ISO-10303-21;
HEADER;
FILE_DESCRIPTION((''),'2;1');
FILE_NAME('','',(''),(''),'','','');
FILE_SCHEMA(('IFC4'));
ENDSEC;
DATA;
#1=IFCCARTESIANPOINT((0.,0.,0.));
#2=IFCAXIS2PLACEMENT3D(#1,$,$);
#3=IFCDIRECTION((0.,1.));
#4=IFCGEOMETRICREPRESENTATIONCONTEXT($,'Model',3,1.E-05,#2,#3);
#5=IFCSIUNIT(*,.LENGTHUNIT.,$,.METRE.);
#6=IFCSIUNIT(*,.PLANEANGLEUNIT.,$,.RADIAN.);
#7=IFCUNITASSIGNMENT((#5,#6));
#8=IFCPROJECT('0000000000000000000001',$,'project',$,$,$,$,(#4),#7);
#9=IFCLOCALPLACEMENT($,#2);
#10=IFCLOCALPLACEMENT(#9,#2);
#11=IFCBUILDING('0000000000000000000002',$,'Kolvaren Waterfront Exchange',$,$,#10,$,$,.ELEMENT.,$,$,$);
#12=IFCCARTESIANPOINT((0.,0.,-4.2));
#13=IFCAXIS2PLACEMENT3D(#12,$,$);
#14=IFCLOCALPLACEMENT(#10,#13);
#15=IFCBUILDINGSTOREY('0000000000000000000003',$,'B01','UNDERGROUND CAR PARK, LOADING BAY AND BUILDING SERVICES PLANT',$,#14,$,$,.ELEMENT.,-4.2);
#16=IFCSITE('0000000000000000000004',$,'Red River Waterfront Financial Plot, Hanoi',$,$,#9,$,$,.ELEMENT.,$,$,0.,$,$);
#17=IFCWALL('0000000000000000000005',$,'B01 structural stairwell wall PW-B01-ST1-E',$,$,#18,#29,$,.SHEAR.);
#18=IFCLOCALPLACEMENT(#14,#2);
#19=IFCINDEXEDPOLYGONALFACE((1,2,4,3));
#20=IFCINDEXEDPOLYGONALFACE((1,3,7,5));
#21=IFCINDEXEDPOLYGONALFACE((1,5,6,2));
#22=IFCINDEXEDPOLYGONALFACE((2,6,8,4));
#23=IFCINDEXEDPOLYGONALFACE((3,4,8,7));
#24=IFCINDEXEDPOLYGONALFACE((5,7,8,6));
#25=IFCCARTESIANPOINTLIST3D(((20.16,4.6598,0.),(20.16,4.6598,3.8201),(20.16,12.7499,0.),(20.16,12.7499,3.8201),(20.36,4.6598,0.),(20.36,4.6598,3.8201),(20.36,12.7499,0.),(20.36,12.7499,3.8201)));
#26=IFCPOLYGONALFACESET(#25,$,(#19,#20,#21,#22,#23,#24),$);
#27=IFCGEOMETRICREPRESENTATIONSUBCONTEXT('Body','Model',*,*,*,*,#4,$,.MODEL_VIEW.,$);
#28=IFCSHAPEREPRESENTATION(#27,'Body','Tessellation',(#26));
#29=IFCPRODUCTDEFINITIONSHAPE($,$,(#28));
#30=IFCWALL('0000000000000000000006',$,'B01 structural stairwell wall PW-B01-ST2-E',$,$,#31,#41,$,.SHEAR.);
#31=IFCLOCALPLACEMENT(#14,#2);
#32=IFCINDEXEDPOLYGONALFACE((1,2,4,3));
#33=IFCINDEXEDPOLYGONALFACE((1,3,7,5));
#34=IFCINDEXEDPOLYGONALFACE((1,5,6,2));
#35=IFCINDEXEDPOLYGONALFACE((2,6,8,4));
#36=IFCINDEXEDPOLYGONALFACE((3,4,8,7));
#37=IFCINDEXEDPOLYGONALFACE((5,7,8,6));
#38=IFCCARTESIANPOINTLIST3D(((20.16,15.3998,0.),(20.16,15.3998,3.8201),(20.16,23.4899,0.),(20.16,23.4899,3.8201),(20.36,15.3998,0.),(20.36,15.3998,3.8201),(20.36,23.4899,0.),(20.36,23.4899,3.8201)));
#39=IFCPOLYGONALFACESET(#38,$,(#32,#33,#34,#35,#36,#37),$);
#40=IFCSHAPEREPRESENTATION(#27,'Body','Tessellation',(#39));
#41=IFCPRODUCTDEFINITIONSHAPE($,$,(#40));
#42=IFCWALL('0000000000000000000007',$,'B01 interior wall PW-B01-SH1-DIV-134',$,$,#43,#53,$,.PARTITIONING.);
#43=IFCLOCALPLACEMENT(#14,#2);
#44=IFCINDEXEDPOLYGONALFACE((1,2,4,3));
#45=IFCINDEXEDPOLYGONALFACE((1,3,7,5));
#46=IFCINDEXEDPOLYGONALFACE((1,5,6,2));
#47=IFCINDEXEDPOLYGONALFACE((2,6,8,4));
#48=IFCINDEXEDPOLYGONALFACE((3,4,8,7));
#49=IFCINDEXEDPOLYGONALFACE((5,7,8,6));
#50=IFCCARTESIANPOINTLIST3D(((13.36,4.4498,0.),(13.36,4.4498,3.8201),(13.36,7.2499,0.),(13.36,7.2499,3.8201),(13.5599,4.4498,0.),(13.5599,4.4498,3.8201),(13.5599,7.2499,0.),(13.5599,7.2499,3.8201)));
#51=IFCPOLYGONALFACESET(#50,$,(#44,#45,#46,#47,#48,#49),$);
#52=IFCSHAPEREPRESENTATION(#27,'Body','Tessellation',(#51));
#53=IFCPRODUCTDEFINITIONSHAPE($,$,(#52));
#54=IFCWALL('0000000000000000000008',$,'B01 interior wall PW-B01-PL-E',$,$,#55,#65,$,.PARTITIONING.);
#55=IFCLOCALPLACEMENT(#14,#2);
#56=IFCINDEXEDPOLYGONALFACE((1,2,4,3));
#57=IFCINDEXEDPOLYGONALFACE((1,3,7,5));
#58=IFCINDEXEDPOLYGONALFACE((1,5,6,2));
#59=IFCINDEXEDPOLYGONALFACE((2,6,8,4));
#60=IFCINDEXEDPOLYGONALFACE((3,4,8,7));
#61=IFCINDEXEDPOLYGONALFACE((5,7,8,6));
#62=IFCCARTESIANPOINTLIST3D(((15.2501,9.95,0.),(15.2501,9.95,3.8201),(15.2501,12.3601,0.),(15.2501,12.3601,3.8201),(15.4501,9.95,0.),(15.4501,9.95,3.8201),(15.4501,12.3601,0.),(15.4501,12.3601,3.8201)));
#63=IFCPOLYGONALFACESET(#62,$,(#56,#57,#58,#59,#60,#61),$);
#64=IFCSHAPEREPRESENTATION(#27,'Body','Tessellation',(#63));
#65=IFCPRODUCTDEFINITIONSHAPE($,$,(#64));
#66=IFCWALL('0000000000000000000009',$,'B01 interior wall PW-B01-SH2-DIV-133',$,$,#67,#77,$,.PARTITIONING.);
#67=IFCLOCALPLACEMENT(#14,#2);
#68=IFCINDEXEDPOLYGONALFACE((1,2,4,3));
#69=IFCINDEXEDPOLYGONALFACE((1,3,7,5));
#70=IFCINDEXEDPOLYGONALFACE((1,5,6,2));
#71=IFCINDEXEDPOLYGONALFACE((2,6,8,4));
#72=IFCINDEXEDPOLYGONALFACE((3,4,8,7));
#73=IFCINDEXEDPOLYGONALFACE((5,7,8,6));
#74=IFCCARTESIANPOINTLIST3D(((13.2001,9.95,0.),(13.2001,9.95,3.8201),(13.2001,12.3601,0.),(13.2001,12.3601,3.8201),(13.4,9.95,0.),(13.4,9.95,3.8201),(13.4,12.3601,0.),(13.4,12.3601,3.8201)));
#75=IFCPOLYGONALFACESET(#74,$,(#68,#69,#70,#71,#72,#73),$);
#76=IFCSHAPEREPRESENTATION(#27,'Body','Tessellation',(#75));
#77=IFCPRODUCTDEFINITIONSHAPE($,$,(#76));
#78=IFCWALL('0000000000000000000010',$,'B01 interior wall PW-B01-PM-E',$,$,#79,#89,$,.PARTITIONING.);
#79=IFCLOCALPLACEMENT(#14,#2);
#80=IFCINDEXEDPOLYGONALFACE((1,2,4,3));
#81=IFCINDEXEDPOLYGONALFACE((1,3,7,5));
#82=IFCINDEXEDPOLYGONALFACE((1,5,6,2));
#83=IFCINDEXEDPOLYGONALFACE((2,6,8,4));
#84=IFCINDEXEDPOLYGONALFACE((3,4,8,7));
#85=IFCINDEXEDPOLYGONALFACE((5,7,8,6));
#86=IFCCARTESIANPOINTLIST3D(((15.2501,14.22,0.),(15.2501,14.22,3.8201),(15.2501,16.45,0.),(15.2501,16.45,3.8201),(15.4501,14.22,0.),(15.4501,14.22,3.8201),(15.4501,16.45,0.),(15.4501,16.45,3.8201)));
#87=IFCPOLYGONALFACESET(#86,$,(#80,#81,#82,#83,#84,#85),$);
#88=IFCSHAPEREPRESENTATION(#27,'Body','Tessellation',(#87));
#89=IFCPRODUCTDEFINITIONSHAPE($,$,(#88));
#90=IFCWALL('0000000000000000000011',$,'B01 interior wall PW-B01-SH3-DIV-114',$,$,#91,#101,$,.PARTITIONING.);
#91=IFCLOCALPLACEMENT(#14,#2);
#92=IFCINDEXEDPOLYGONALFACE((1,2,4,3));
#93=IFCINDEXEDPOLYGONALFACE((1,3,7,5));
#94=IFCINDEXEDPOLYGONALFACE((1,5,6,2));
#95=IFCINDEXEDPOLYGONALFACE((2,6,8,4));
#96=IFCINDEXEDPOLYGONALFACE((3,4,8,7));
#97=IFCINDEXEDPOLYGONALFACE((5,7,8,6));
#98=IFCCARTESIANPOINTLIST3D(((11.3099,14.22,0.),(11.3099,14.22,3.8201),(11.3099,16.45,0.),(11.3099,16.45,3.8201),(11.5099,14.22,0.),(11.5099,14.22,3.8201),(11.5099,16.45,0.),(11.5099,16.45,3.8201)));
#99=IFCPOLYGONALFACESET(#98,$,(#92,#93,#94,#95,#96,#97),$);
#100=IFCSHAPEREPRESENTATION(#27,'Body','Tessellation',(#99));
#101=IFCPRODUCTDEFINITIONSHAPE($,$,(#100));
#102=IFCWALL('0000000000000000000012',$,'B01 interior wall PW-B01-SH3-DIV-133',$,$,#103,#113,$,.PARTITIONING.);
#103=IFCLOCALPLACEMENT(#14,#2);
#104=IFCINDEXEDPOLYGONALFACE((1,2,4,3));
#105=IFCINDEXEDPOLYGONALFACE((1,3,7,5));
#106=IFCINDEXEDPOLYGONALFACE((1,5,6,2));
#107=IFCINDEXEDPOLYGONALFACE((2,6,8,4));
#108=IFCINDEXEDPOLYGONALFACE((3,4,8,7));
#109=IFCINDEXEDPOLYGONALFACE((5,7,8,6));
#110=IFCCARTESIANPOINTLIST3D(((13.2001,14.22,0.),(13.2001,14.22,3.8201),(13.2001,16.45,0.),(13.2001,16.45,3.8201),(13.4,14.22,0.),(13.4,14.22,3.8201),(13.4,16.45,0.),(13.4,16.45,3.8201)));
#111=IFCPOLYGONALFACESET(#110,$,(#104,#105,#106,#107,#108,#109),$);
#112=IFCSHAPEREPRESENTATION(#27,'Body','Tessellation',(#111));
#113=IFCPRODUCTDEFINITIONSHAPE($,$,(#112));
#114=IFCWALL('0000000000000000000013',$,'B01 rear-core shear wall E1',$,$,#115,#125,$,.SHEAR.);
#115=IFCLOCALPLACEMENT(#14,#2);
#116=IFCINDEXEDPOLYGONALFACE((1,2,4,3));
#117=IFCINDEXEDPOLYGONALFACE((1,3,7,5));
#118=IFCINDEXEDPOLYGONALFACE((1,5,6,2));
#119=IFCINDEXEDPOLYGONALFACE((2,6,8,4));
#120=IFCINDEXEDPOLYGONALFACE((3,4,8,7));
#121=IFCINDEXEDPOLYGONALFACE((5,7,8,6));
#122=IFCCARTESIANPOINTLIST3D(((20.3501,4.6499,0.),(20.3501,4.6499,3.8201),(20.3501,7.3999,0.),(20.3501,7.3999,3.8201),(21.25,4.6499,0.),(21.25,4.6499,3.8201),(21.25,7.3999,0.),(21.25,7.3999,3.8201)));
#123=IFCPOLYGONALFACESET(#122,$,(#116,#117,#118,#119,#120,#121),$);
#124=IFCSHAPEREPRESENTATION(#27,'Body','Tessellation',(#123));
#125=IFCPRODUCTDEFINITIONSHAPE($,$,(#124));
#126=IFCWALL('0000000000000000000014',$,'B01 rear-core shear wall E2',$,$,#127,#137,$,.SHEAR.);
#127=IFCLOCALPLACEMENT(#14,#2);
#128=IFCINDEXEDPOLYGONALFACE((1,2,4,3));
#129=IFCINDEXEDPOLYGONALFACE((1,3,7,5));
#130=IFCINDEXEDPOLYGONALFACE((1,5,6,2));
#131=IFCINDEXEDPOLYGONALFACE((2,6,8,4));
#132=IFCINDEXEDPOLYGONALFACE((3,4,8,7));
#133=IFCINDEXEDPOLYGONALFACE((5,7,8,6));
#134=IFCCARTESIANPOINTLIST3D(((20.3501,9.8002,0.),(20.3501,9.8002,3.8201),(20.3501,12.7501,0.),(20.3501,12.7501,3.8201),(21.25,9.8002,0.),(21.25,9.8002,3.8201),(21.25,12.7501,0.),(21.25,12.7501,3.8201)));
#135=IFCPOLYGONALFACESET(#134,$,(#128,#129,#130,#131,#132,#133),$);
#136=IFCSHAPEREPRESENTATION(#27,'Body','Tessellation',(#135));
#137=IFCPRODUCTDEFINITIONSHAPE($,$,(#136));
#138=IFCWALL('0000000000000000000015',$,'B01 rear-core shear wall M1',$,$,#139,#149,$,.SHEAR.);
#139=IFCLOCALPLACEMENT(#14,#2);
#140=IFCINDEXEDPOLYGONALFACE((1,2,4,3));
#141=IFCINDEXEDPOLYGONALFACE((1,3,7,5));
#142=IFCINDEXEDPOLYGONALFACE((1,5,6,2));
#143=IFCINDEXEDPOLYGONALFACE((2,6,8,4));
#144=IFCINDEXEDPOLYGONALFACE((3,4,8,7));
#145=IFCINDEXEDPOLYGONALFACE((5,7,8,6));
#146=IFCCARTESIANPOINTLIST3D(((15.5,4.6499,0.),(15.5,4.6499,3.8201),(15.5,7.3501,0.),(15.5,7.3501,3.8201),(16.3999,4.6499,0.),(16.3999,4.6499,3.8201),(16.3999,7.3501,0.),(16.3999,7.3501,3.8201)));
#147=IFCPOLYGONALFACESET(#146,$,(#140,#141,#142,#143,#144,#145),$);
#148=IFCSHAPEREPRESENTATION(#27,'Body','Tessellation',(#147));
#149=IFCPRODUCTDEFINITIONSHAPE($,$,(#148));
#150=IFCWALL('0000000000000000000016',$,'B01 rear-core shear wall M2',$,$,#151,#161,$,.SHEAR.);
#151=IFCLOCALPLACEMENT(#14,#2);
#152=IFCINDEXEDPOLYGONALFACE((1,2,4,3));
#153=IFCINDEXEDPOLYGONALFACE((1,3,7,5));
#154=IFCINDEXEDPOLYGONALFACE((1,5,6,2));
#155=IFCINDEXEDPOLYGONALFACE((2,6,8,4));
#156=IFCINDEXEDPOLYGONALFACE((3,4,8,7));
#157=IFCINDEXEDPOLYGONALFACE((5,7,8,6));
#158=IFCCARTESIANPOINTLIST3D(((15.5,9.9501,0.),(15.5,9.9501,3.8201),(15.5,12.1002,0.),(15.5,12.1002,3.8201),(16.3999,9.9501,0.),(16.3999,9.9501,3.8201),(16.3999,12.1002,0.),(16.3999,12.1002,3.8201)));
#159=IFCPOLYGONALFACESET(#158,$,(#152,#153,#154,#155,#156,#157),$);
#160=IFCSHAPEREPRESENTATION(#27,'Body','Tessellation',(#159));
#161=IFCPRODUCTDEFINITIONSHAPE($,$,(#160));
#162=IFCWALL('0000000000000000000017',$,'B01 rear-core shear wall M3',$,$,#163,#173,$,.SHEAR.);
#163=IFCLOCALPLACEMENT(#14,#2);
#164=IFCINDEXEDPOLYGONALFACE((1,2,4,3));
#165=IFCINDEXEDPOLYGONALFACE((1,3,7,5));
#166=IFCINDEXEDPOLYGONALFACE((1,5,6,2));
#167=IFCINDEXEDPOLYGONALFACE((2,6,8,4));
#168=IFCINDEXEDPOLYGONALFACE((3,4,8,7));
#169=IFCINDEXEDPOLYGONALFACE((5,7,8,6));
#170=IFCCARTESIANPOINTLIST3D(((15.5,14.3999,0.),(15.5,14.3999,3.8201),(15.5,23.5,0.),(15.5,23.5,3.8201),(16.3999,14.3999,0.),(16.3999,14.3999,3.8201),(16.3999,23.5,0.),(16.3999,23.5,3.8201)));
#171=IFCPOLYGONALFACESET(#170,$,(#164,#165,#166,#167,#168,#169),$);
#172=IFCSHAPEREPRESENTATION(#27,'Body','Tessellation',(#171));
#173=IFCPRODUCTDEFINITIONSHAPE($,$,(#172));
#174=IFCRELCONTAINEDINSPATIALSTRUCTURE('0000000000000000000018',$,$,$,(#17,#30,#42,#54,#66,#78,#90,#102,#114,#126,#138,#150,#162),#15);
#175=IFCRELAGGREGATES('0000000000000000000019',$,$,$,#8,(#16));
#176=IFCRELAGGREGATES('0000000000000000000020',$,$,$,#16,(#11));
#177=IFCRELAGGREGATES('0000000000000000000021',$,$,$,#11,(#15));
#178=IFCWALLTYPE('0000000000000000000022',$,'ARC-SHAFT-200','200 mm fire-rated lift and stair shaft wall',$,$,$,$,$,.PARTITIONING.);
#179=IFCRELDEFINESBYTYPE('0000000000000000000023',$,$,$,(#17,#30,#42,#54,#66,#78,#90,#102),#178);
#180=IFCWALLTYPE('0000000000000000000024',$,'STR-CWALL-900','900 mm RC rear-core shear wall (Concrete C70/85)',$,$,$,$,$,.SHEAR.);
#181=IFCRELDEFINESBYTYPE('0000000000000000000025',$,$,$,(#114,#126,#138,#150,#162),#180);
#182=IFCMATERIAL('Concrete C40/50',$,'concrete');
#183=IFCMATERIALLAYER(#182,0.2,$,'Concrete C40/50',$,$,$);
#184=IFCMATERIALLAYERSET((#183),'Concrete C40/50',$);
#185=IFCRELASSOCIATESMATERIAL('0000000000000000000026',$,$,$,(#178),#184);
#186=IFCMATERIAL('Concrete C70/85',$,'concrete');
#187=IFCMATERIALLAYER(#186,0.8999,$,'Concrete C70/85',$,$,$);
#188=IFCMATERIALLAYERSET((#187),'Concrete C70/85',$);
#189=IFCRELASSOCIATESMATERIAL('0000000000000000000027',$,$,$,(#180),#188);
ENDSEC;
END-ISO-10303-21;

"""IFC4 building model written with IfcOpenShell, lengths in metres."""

from ifc_helpers import new_model, si_unit, direction, frame, frame_2d, origin, place, context, subcontext, project, spatial, rectangle, extrude, material, layer, layer_set, type_object, element, save


model = new_model("IFC4")

# Units and contexts
model_context = context("Model", 3, precision=1e-05, world=origin(), true_north=direction((0.0, 1.0)))
body_context = subcontext(model_context, "Body", "Model", "MODEL_VIEW")
ifc_project = project(units=[si_unit("LENGTHUNIT", "METRE"), si_unit("PLANEANGLEUNIT", "RADIAN")], contexts=[model_context])

# Site, building, storey
site_placement = place(None, origin())
site = spatial("IfcSite", under=ifc_project, at=site_placement, Name="Red River Waterfront Financial Plot, Hanoi", CompositionType="ELEMENT", RefElevation=0.0)
building_placement = place(site_placement, origin())
building = spatial("IfcBuilding", under=site, at=building_placement, Name="Kolvaren Waterfront Exchange", CompositionType="ELEMENT")
storey_placement = place(building_placement, frame((0.0, 0.0, -4.2)))
storey = spatial("IfcBuildingStorey", under=building, at=storey_placement, Name="B01", Description="UNDERGROUND CAR PARK, LOADING BAY AND BUILDING SERVICES PLANT", CompositionType="ELEMENT", Elevation=-4.2)

# Shared definitions
ifc_material_1 = material(Name="Concrete C70/85", Category="concrete")

# Walls
ifc_material_2 = material(Name="Concrete C40/50", Category="concrete")
ifc_layer_1 = layer(ifc_material_2, 0.2, Name="Concrete C40/50")
ifc_layer_set_1 = layer_set([ifc_layer_1], Name="Concrete C40/50")
wall_type_1 = type_object("IfcWallType", Name="ARC-SHAFT-200", Description="200 mm fire-rated lift and stair shaft wall", PredefinedType="PARTITIONING", material=ifc_layer_set_1)
for number, where, z_axis, x_axis, name in (
    (1, (20.26, 4.6599, 0.0), (0.0, 0.0, 1.0), (0.0, 1.0, 0.0), "B01 structural stairwell wall PW-B01-ST1-E"),
    (2, (20.26, 15.3999, 0.0), (0.0, 0.0, 1.0), (0.0, 1.0, 0.0), "B01 structural stairwell wall PW-B01-ST2-E"),
):
    element("IfcWall", number, at=place(storey_placement, frame(where, z_axis=z_axis, x_axis=x_axis)), inside=storey, type_object=wall_type_1, Name=name, PredefinedType="SHEAR", context=body_context, shape_type="SweptSolid", body=[
        extrude(rectangle(XDim=8.0901, YDim=0.2, at=frame_2d((4.0449, 0.0))), origin(), (0.0, 0.0, 1.0), 3.8201),
    ])
wall_1_placement = place(storey_placement, frame((13.46, 4.45, 0.0), z_axis=(0.0, 0.0, 1.0), x_axis=(0.0, 1.0, 0.0)))
element("IfcWall", 3, at=wall_1_placement, inside=storey, type_object=wall_type_1, Name="B01 interior wall PW-B01-SH1-DIV-134", PredefinedType="PARTITIONING", context=body_context, shape_type="SweptSolid", body=[
    extrude(rectangle(XDim=2.8, YDim=0.2, at=frame_2d((1.3999, 0.0))), origin(), (0.0, 0.0, 1.0), 3.8201),
])
for number, where, z_axis, x_axis, name in (
    (4, (15.3501, 9.95, 0.0), (0.0, 0.0, 1.0), (0.0, 1.0, 0.0), "B01 interior wall PW-B01-PL-E"),
    (5, (13.3, 9.95, 0.0), (0.0, 0.0, 1.0), (0.0, 1.0, 0.0), "B01 interior wall PW-B01-SH2-DIV-133"),
):
    element("IfcWall", number, at=place(storey_placement, frame(where, z_axis=z_axis, x_axis=x_axis)), inside=storey, type_object=wall_type_1, Name=name, PredefinedType="PARTITIONING", context=body_context, shape_type="SweptSolid", body=[
        extrude(rectangle(XDim=2.4102, YDim=0.2, at=frame_2d((1.2051, 0.0))), origin(), (0.0, 0.0, 1.0), 3.8201),
    ])
for number, where, z_axis, x_axis, name in (
    (6, (15.3501, 14.22, 0.0), (0.0, 0.0, 1.0), (0.0, 1.0, 0.0), "B01 interior wall PW-B01-PM-E"),
    (7, (11.4099, 14.22, 0.0), (0.0, 0.0, 1.0), (0.0, 1.0, 0.0), "B01 interior wall PW-B01-SH3-DIV-114"),
    (8, (13.3, 14.22, 0.0), (0.0, 0.0, 1.0), (0.0, 1.0, 0.0), "B01 interior wall PW-B01-SH3-DIV-133"),
):
    element("IfcWall", number, at=place(storey_placement, frame(where, z_axis=z_axis, x_axis=x_axis)), inside=storey, type_object=wall_type_1, Name=name, PredefinedType="PARTITIONING", context=body_context, shape_type="SweptSolid", body=[
        extrude(rectangle(XDim=2.23, YDim=0.2, at=frame_2d((1.115, 0.0))), origin(), (0.0, 0.0, 1.0), 3.8201),
    ])
ifc_layer_2 = layer(ifc_material_1, 0.8999, Name="Concrete C70/85")
ifc_layer_set_2 = layer_set([ifc_layer_2], Name="Concrete C70/85")
wall_type_2 = type_object("IfcWallType", Name="STR-CWALL-900", Description="900 mm RC rear-core shear wall (Concrete C70/85)", PredefinedType="SHEAR", material=ifc_layer_set_2)
wall_2_placement = place(storey_placement, frame((20.8, 4.6499, 0.0), z_axis=(0.0, 0.0, 1.0), x_axis=(0.0, 1.0, 0.0)))
element("IfcWall", 9, at=wall_2_placement, inside=storey, type_object=wall_type_2, Name="B01 rear-core shear wall E1", PredefinedType="SHEAR", context=body_context, shape_type="SweptSolid", body=[
    extrude(rectangle(XDim=2.75, YDim=0.8999, at=frame_2d((1.375, 0.0))), origin(), (0.0, 0.0, 1.0), 3.8201),
])
wall_3_placement = place(storey_placement, frame((20.8, 9.8, 0.0), z_axis=(0.0, 0.0, 1.0), x_axis=(0.0, 1.0, 0.0)))
element("IfcWall", 10, at=wall_3_placement, inside=storey, type_object=wall_type_2, Name="B01 rear-core shear wall E2", PredefinedType="SHEAR", context=body_context, shape_type="SweptSolid", body=[
    extrude(rectangle(XDim=2.95, YDim=0.8999, at=frame_2d((1.4751, 0.0))), origin(), (0.0, 0.0, 1.0), 3.8201),
])
wall_4_placement = place(storey_placement, frame((15.95, 4.6499, 0.0), z_axis=(0.0, 0.0, 1.0), x_axis=(0.0, 1.0, 0.0)))
element("IfcWall", 11, at=wall_4_placement, inside=storey, type_object=wall_type_2, Name="B01 rear-core shear wall M1", PredefinedType="SHEAR", context=body_context, shape_type="SweptSolid", body=[
    extrude(rectangle(XDim=2.7002, YDim=0.8999, at=frame_2d((1.3501, 0.0))), origin(), (0.0, 0.0, 1.0), 3.8201),
])
wall_5_placement = place(storey_placement, frame((15.95, 9.95, 0.0), z_axis=(0.0, 0.0, 1.0), x_axis=(0.0, 1.0, 0.0)))
element("IfcWall", 12, at=wall_5_placement, inside=storey, type_object=wall_type_2, Name="B01 rear-core shear wall M2", PredefinedType="SHEAR", context=body_context, shape_type="SweptSolid", body=[
    extrude(rectangle(XDim=2.1501, YDim=0.8999, at=frame_2d((1.0752, 0.0))), origin(), (0.0, 0.0, 1.0), 3.8201),
])
wall_6_placement = place(storey_placement, frame((15.95, 14.3999, 0.0), z_axis=(0.0, 0.0, 1.0), x_axis=(0.0, 1.0, 0.0)))
element("IfcWall", 13, at=wall_6_placement, inside=storey, type_object=wall_type_2, Name="B01 rear-core shear wall M3", PredefinedType="SHEAR", context=body_context, shape_type="SweptSolid", body=[
    extrude(rectangle(XDim=9.1001, YDim=0.8999, at=frame_2d((4.55, 0.0))), origin(), (0.0, 0.0, 1.0), 3.8201),
])

save(model, "model.ifc")
